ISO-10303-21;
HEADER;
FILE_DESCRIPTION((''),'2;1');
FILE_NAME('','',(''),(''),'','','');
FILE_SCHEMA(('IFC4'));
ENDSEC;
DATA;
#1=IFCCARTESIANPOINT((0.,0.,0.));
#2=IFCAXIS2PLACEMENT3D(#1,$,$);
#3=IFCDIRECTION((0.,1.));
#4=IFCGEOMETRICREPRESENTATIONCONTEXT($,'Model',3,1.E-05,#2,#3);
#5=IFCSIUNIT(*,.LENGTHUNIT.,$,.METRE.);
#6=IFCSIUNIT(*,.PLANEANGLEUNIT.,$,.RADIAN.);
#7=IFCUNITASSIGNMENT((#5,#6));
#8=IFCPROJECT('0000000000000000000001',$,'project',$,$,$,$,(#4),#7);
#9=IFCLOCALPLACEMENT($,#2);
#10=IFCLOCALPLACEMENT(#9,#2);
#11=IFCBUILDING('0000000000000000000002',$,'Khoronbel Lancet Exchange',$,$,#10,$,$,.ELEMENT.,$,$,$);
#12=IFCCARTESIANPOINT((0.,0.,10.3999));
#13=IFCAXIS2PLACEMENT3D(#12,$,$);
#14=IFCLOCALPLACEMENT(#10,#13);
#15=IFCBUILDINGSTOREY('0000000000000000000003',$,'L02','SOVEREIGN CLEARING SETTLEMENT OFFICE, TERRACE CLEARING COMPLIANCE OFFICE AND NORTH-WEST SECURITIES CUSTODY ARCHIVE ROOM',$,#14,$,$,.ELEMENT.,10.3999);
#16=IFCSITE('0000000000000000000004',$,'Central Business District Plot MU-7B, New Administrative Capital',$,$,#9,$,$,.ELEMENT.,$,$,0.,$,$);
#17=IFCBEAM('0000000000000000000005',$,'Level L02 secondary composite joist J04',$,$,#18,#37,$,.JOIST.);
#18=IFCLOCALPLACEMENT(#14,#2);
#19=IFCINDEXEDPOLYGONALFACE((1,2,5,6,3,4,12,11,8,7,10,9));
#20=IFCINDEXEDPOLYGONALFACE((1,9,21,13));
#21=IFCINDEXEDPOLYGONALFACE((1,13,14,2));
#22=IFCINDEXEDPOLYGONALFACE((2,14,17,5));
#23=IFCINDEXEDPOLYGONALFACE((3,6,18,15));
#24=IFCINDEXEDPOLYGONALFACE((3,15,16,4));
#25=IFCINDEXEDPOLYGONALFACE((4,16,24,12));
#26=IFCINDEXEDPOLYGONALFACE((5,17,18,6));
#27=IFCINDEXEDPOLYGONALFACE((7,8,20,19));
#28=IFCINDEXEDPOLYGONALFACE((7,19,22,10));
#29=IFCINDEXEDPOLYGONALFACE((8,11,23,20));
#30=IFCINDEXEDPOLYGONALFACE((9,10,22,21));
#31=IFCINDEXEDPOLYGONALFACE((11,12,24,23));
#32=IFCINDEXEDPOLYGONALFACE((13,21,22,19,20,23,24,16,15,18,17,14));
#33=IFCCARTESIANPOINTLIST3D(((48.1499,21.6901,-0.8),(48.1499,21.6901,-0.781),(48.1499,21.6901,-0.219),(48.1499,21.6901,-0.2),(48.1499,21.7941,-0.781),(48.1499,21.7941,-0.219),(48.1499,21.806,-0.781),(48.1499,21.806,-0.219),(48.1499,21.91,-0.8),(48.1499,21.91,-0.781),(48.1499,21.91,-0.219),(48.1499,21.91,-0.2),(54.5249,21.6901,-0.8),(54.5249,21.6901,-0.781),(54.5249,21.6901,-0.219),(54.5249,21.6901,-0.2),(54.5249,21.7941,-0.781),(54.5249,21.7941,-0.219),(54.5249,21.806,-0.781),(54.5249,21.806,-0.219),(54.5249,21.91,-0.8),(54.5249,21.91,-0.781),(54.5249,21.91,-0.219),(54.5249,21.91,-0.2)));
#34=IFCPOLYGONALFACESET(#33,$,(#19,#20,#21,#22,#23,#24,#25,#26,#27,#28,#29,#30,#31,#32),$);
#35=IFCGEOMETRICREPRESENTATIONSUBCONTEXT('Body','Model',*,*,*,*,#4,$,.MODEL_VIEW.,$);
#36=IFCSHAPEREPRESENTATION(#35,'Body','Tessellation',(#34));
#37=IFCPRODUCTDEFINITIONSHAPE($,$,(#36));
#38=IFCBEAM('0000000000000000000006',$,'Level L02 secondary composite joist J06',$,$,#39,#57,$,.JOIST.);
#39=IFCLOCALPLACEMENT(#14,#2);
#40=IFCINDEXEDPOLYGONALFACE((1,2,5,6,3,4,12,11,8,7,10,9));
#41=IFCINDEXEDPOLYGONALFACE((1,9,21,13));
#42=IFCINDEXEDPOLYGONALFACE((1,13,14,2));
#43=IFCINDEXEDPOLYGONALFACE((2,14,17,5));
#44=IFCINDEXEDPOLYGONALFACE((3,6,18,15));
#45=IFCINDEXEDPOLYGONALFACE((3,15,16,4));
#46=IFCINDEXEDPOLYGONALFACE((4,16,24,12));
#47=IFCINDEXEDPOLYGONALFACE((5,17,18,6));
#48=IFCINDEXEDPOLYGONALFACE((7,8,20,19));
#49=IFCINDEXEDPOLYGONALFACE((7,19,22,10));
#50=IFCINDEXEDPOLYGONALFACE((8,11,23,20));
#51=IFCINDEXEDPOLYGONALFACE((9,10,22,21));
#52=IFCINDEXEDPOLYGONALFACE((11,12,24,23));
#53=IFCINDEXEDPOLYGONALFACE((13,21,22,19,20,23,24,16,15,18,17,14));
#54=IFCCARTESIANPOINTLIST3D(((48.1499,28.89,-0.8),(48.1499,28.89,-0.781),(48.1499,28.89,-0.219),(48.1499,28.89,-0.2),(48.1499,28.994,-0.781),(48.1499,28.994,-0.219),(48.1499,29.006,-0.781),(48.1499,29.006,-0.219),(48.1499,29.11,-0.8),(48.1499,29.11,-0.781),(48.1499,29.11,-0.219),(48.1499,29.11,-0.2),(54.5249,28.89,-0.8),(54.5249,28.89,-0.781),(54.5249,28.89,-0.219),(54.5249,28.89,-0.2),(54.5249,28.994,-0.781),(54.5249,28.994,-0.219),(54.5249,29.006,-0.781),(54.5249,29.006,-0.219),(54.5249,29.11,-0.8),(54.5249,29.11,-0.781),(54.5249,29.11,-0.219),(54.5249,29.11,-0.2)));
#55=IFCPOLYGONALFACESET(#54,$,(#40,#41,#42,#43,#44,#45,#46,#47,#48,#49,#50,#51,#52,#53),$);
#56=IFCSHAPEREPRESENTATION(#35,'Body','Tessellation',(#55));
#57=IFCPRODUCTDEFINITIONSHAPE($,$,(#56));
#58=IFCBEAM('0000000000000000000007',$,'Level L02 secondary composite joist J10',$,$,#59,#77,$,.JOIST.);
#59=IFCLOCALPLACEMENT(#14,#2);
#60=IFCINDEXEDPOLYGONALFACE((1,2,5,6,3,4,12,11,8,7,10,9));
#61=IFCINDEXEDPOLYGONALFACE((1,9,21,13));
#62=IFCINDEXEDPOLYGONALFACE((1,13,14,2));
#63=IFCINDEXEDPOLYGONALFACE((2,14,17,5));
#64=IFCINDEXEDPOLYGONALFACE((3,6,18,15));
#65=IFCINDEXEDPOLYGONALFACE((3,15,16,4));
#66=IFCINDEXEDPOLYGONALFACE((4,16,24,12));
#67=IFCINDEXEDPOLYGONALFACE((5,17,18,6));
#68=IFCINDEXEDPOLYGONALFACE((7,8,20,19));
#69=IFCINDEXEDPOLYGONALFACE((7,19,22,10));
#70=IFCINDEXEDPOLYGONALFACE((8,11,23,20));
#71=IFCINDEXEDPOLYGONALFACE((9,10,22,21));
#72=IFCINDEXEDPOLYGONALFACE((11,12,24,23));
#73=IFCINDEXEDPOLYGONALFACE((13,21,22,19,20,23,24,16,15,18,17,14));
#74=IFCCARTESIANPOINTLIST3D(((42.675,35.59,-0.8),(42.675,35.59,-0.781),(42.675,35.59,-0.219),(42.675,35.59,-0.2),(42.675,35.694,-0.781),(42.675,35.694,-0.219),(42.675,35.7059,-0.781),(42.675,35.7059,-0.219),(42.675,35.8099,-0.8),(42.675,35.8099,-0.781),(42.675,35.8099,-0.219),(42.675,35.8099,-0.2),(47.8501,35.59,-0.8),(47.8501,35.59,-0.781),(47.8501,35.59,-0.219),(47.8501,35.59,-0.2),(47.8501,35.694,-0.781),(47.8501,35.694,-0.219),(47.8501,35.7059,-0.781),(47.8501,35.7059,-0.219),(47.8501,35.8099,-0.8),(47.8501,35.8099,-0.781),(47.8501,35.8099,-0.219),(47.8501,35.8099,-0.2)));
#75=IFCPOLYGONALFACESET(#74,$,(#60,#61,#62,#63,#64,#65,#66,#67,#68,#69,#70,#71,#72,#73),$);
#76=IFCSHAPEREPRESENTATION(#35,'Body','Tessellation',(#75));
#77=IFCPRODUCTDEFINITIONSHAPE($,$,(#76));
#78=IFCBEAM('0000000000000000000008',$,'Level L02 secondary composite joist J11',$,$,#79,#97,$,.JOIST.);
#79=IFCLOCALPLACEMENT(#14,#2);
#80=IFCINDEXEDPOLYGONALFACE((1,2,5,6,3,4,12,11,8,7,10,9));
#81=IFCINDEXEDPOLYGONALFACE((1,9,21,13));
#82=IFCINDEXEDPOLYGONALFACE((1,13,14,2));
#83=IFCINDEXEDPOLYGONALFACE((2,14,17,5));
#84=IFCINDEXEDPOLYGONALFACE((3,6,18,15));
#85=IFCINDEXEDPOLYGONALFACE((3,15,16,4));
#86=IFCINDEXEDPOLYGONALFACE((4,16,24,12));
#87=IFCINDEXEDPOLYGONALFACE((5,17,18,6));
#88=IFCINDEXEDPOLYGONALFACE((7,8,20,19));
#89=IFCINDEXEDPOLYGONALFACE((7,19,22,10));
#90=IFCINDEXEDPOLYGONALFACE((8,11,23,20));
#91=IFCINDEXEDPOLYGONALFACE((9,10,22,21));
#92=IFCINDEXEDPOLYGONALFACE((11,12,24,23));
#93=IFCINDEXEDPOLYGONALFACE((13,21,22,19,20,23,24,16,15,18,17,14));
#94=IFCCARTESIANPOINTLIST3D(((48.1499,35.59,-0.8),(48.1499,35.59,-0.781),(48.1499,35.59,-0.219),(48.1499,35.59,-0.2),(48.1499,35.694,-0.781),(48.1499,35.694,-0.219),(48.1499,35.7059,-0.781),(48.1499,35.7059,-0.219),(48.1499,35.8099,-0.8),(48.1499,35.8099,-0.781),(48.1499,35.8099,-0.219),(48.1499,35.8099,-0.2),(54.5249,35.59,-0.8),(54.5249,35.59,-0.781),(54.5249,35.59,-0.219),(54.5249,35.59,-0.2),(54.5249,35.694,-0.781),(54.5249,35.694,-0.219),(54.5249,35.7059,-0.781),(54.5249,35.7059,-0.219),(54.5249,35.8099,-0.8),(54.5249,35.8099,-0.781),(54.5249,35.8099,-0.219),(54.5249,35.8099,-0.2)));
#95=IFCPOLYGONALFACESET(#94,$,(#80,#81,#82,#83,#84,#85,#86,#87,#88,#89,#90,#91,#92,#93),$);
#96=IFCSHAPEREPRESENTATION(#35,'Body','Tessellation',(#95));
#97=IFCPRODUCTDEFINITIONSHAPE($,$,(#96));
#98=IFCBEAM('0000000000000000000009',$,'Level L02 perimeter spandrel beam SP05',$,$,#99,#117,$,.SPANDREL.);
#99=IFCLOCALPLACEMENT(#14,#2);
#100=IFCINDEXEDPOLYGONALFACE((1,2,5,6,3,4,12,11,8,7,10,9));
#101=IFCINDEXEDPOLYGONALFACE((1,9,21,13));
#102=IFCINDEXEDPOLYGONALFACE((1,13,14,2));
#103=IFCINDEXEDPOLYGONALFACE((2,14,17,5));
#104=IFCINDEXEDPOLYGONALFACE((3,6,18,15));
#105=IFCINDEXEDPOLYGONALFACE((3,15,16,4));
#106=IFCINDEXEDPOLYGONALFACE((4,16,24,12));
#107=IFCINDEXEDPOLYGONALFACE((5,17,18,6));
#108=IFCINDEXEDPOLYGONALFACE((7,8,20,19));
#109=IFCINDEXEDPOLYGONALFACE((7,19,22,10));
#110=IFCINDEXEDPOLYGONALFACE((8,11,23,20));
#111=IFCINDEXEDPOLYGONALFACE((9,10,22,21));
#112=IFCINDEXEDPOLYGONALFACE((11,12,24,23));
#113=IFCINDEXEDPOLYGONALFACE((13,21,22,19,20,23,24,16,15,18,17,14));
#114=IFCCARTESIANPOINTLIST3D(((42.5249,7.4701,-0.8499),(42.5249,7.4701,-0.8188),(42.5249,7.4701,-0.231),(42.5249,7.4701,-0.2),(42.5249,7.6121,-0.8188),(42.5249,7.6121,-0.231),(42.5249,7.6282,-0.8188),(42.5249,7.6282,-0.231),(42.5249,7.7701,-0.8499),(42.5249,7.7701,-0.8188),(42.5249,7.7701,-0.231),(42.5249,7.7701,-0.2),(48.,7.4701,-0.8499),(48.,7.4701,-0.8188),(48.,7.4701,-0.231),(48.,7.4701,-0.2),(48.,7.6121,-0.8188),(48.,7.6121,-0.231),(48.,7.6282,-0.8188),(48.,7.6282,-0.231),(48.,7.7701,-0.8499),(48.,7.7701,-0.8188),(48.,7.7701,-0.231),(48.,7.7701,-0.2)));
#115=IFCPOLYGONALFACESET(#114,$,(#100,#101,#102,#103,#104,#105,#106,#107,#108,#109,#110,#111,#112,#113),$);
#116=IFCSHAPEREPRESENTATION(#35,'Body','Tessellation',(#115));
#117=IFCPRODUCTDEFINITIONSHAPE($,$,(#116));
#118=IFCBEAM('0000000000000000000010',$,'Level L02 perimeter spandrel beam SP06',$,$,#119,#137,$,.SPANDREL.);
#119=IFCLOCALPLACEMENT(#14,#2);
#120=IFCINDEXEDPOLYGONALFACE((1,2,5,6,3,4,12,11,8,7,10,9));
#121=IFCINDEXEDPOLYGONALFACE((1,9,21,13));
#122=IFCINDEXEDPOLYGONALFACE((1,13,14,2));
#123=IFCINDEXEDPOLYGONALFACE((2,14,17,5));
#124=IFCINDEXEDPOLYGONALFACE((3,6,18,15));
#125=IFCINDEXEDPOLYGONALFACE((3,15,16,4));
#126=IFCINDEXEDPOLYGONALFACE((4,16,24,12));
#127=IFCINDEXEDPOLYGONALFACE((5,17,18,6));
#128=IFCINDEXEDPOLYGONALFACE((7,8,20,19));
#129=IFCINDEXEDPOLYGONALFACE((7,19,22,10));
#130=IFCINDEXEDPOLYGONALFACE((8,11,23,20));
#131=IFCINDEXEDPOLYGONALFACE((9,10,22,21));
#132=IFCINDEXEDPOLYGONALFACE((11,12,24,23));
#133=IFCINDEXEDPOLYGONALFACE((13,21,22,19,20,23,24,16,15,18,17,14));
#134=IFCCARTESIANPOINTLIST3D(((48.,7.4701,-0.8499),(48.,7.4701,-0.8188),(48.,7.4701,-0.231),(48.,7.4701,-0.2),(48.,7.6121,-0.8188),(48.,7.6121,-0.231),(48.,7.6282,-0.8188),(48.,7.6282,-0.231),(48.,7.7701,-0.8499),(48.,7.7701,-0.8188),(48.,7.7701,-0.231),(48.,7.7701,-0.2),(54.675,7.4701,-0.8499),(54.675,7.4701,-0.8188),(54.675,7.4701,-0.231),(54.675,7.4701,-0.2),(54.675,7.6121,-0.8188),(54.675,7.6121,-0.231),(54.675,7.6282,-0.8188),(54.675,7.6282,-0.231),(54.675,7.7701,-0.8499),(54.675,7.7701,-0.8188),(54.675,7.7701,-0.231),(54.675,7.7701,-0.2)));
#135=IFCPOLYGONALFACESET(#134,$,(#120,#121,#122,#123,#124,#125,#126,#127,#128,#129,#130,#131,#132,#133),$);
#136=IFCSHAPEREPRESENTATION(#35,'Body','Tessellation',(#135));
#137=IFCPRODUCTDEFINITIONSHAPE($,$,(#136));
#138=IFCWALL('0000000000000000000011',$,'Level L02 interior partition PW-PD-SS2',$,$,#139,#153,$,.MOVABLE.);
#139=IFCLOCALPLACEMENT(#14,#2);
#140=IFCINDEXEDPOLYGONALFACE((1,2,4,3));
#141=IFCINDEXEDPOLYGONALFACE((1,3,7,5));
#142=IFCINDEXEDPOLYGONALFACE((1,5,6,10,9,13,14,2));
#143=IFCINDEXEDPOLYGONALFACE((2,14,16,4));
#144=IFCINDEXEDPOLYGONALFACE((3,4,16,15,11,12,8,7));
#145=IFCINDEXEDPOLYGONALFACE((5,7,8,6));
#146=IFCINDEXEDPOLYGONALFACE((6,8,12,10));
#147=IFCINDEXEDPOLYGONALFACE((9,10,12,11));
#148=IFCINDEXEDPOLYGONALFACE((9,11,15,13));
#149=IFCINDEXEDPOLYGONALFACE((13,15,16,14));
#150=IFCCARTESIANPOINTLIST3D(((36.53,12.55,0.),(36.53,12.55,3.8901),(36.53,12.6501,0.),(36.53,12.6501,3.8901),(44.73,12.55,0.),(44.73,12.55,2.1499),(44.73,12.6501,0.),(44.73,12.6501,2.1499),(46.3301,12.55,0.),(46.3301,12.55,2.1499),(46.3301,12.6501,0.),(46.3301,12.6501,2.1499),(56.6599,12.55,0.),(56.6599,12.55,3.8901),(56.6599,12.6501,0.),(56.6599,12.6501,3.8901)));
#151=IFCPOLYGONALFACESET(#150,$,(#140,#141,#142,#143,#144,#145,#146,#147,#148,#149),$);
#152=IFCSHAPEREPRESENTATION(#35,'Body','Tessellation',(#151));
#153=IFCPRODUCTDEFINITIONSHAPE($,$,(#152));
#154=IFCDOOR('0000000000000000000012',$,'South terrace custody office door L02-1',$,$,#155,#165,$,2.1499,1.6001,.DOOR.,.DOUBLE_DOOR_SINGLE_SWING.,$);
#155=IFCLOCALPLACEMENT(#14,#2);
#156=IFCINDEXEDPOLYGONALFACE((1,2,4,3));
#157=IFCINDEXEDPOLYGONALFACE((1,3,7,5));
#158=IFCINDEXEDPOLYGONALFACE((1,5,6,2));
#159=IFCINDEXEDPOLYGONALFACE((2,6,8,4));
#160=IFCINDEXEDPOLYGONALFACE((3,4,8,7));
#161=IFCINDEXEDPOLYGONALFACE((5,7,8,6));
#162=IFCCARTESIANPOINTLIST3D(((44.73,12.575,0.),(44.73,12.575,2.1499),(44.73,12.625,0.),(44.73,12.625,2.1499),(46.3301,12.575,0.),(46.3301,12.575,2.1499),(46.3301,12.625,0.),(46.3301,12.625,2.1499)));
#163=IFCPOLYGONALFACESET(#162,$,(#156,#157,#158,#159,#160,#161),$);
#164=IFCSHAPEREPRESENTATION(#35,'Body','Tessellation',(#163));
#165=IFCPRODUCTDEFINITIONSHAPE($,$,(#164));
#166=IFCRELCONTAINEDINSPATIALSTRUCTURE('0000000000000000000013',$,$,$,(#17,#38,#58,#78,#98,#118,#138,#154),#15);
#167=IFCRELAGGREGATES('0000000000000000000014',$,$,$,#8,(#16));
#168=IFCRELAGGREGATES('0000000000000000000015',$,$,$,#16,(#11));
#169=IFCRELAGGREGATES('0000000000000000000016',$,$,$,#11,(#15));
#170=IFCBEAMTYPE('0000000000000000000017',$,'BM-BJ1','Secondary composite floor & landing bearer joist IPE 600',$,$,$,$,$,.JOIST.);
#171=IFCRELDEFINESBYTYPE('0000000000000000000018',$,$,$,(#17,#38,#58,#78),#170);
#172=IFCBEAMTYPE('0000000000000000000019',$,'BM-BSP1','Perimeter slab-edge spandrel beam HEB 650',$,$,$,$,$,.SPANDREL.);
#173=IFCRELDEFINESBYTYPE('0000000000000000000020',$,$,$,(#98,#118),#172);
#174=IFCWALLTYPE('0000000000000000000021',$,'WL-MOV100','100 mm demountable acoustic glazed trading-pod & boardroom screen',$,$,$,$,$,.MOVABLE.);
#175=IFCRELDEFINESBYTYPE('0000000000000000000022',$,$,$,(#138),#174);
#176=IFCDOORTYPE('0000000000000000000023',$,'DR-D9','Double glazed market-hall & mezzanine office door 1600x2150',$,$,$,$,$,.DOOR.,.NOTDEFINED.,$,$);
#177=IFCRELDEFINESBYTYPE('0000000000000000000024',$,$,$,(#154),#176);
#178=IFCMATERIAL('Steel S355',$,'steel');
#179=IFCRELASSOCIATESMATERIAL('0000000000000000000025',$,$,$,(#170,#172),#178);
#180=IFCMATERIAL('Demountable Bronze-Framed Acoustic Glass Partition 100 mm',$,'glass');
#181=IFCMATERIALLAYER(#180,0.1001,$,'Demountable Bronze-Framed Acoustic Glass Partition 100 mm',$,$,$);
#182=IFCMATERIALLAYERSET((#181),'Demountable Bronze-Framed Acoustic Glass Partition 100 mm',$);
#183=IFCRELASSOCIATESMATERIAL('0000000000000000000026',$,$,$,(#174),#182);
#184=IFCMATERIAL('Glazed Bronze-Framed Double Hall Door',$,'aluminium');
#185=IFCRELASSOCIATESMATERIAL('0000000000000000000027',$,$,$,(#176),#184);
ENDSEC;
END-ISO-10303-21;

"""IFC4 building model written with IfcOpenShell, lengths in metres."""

from ifc_helpers import new_model, si_unit, direction, frame, frame_2d, origin, origin_2d, place, context, subcontext, project, spatial, rectangle, i_section, extrude, material, layer, layer_set, material_profile, profile_set, type_object, element, fill, save


model = new_model("IFC4")

# Units and contexts
model_context = context("Model", 3, precision=1e-05, world=origin(), true_north=direction((0.0, 1.0)))
body_context = subcontext(model_context, "Body", "Model", "MODEL_VIEW")
ifc_project = project(units=[si_unit("LENGTHUNIT", "METRE"), si_unit("PLANEANGLEUNIT", "RADIAN")], contexts=[model_context])

# Site, building, storey
site_placement = place(None, origin())
site = spatial("IfcSite", under=ifc_project, at=site_placement, Name="Central Business District Plot MU-7B, New Administrative Capital", CompositionType="ELEMENT", RefElevation=0.0)
building_placement = place(site_placement, origin())
building = spatial("IfcBuilding", under=site, at=building_placement, Name="Khoronbel Lancet Exchange", CompositionType="ELEMENT")
storey_placement = place(building_placement, frame((0.0, 0.0, 10.3999)))
storey = spatial("IfcBuildingStorey", under=building, at=storey_placement, Name="L02", Description="SOVEREIGN CLEARING SETTLEMENT OFFICE, TERRACE CLEARING COMPLIANCE OFFICE AND NORTH-WEST SECURITIES CUSTODY ARCHIVE ROOM", CompositionType="ELEMENT", Elevation=10.3999)

# Beams
ifc_material_1 = material(Name="Steel S355", Category="steel")
ifc_material_profile_1 = material_profile(ifc_material_1, i_section(OverallWidth=0.22, OverallDepth=0.6001, WebThickness=0.012, FlangeThickness=0.019, at=origin_2d()), Name="IPE 600")
ifc_profile_set_1 = profile_set([ifc_material_profile_1], Name="Steel S355")
beam_type_1 = type_object("IfcBeamType", Name="BM-BJ1", Description="Secondary composite floor & landing bearer joist IPE 600", PredefinedType="JOIST", material=ifc_profile_set_1)
for number, where, z_axis, x_axis, name in (
    (1, (48.1499, 21.8, -0.5), (1.0, 0.0, 0.0), (0.0, 1.0, 0.0), "Level L02 secondary composite joist J04"),
    (2, (48.1499, 29.0, -0.5), (1.0, 0.0, 0.0), (0.0, 1.0, 0.0), "Level L02 secondary composite joist J06"),
):
    element("IfcBeam", number, at=place(storey_placement, frame(where, z_axis=z_axis, x_axis=x_axis)), inside=storey, type_object=beam_type_1, Name=name, PredefinedType="JOIST", context=body_context, shape_type="SweptSolid", body=[
        extrude(i_section(OverallWidth=0.22, OverallDepth=0.6001, WebThickness=0.012, FlangeThickness=0.019, at=origin_2d()), origin(), (0.0, 0.0, 1.0), 6.375),
    ])
beam_1_placement = place(storey_placement, frame((42.675, 35.7, -0.5), z_axis=(1.0, 0.0, 0.0), x_axis=(0.0, 1.0, 0.0)))
element("IfcBeam", 3, at=beam_1_placement, inside=storey, type_object=beam_type_1, Name="Level L02 secondary composite joist J10", PredefinedType="JOIST", context=body_context, shape_type="SweptSolid", body=[
    extrude(i_section(OverallWidth=0.22, OverallDepth=0.6001, WebThickness=0.012, FlangeThickness=0.019, at=origin_2d()), origin(), (0.0, 0.0, 1.0), 5.175),
])
beam_2_placement = place(storey_placement, frame((48.1499, 35.7, -0.5), z_axis=(1.0, 0.0, 0.0), x_axis=(0.0, 1.0, 0.0)))
element("IfcBeam", 4, at=beam_2_placement, inside=storey, type_object=beam_type_1, Name="Level L02 secondary composite joist J11", PredefinedType="JOIST", context=body_context, shape_type="SweptSolid", body=[
    extrude(i_section(OverallWidth=0.22, OverallDepth=0.6001, WebThickness=0.012, FlangeThickness=0.019, at=origin_2d()), origin(), (0.0, 0.0, 1.0), 6.375),
])
ifc_material_profile_2 = material_profile(ifc_material_1, i_section(OverallWidth=0.3, OverallDepth=0.6499, WebThickness=0.0161, FlangeThickness=0.031, at=origin_2d()), Name="HEB 650")
ifc_profile_set_2 = profile_set([ifc_material_profile_2], Name="Steel S355")
beam_type_2 = type_object("IfcBeamType", Name="BM-BSP1", Description="Perimeter slab-edge spandrel beam HEB 650", PredefinedType="SPANDREL", material=ifc_profile_set_2)
beam_3_placement = place(storey_placement, frame((42.5249, 7.6201, -0.5249), z_axis=(1.0, 0.0, 0.0), x_axis=(0.0, 1.0, 0.0)))
element("IfcBeam", 5, at=beam_3_placement, inside=storey, type_object=beam_type_2, Name="Level L02 perimeter spandrel beam SP05", PredefinedType="SPANDREL", context=body_context, shape_type="SweptSolid", body=[
    extrude(i_section(OverallWidth=0.3, OverallDepth=0.6499, WebThickness=0.0161, FlangeThickness=0.031, at=origin_2d()), origin(), (0.0, 0.0, 1.0), 5.4751),
])
beam_4_placement = place(storey_placement, frame((48.0, 7.6201, -0.5249), z_axis=(1.0, 0.0, 0.0), x_axis=(0.0, 1.0, 0.0)))
element("IfcBeam", 6, at=beam_4_placement, inside=storey, type_object=beam_type_2, Name="Level L02 perimeter spandrel beam SP06", PredefinedType="SPANDREL", context=body_context, shape_type="SweptSolid", body=[
    extrude(i_section(OverallWidth=0.3, OverallDepth=0.6499, WebThickness=0.0161, FlangeThickness=0.031, at=origin_2d()), origin(), (0.0, 0.0, 1.0), 6.675),
])

# Wall, opening, door
ifc_material_2 = material(Name="Demountable Bronze-Framed Acoustic Glass Partition 100 mm", Category="glass")
ifc_layer_1 = layer(ifc_material_2, 0.1001, Name="Demountable Bronze-Framed Acoustic Glass Partition 100 mm")
ifc_layer_set_1 = layer_set([ifc_layer_1], Name="Demountable Bronze-Framed Acoustic Glass Partition 100 mm")
wall_type_1 = type_object("IfcWallType", Name="WL-MOV100", Description="100 mm demountable acoustic glazed trading-pod & boardroom screen", PredefinedType="MOVABLE", material=ifc_layer_set_1)
wall_1_placement = place(storey_placement, frame((36.53, 12.6001, 0.0), z_axis=(0.0, 0.0, 1.0), x_axis=(1.0, 0.0, 0.0)))
wall_1 = element("IfcWall", 7, at=wall_1_placement, inside=storey, type_object=wall_type_1, Name="Level L02 interior partition PW-PD-SS2", PredefinedType="MOVABLE", context=body_context, shape_type="SweptSolid", body=[
    extrude(rectangle(XDim=20.1299, YDim=0.1001, at=frame_2d((10.0649, 0.0))), origin(), (0.0, 0.0, 1.0), 3.8901),
])
opening_1_placement = place(wall_1_placement, frame((8.2, 0.0, 0.0)))
opening_1 = element("IfcOpeningElement", 8, at=opening_1_placement, cuts=wall_1, PredefinedType="OPENING", context=body_context, shape_type="SweptSolid", body=[
    extrude(rectangle(XDim=1.6001, YDim=2.1499, at=frame_2d((0.8, 1.075))), frame((0.0, 0.0601, 0.0), z_axis=(0.0, -1.0, 0.0), x_axis=(1.0, 0.0, 0.0)), (0.0, 0.0, 1.0), 0.1201),
])
ifc_material_3 = material(Name="Glazed Bronze-Framed Double Hall Door", Category="aluminium")
door_type_1 = type_object("IfcDoorType", Name="DR-D9", Description="Double glazed market-hall & mezzanine office door 1600x2150", OperationType="NOTDEFINED", PredefinedType="DOOR", material=ifc_material_3)
door_1_placement = place(opening_1_placement, origin())
door_1 = element("IfcDoor", 9, at=door_1_placement, inside=storey, type_object=door_type_1, Name="South terrace custody office door L02-1", OperationType="DOUBLE_DOOR_SINGLE_SWING", OverallHeight=2.1499, OverallWidth=1.6001, PredefinedType="DOOR", context=body_context, shape_type="SweptSolid", body=[
    extrude(rectangle(XDim=1.6001, YDim=2.1499, at=frame_2d((0.8, 1.075))), frame((0.0, 0.0249, 0.0), z_axis=(0.0, -1.0, 0.0), x_axis=(1.0, 0.0, 0.0)), (0.0, 0.0, 1.0), 0.05),
])
fill(opening_1, door_1)

save(model, "model.ifc")
